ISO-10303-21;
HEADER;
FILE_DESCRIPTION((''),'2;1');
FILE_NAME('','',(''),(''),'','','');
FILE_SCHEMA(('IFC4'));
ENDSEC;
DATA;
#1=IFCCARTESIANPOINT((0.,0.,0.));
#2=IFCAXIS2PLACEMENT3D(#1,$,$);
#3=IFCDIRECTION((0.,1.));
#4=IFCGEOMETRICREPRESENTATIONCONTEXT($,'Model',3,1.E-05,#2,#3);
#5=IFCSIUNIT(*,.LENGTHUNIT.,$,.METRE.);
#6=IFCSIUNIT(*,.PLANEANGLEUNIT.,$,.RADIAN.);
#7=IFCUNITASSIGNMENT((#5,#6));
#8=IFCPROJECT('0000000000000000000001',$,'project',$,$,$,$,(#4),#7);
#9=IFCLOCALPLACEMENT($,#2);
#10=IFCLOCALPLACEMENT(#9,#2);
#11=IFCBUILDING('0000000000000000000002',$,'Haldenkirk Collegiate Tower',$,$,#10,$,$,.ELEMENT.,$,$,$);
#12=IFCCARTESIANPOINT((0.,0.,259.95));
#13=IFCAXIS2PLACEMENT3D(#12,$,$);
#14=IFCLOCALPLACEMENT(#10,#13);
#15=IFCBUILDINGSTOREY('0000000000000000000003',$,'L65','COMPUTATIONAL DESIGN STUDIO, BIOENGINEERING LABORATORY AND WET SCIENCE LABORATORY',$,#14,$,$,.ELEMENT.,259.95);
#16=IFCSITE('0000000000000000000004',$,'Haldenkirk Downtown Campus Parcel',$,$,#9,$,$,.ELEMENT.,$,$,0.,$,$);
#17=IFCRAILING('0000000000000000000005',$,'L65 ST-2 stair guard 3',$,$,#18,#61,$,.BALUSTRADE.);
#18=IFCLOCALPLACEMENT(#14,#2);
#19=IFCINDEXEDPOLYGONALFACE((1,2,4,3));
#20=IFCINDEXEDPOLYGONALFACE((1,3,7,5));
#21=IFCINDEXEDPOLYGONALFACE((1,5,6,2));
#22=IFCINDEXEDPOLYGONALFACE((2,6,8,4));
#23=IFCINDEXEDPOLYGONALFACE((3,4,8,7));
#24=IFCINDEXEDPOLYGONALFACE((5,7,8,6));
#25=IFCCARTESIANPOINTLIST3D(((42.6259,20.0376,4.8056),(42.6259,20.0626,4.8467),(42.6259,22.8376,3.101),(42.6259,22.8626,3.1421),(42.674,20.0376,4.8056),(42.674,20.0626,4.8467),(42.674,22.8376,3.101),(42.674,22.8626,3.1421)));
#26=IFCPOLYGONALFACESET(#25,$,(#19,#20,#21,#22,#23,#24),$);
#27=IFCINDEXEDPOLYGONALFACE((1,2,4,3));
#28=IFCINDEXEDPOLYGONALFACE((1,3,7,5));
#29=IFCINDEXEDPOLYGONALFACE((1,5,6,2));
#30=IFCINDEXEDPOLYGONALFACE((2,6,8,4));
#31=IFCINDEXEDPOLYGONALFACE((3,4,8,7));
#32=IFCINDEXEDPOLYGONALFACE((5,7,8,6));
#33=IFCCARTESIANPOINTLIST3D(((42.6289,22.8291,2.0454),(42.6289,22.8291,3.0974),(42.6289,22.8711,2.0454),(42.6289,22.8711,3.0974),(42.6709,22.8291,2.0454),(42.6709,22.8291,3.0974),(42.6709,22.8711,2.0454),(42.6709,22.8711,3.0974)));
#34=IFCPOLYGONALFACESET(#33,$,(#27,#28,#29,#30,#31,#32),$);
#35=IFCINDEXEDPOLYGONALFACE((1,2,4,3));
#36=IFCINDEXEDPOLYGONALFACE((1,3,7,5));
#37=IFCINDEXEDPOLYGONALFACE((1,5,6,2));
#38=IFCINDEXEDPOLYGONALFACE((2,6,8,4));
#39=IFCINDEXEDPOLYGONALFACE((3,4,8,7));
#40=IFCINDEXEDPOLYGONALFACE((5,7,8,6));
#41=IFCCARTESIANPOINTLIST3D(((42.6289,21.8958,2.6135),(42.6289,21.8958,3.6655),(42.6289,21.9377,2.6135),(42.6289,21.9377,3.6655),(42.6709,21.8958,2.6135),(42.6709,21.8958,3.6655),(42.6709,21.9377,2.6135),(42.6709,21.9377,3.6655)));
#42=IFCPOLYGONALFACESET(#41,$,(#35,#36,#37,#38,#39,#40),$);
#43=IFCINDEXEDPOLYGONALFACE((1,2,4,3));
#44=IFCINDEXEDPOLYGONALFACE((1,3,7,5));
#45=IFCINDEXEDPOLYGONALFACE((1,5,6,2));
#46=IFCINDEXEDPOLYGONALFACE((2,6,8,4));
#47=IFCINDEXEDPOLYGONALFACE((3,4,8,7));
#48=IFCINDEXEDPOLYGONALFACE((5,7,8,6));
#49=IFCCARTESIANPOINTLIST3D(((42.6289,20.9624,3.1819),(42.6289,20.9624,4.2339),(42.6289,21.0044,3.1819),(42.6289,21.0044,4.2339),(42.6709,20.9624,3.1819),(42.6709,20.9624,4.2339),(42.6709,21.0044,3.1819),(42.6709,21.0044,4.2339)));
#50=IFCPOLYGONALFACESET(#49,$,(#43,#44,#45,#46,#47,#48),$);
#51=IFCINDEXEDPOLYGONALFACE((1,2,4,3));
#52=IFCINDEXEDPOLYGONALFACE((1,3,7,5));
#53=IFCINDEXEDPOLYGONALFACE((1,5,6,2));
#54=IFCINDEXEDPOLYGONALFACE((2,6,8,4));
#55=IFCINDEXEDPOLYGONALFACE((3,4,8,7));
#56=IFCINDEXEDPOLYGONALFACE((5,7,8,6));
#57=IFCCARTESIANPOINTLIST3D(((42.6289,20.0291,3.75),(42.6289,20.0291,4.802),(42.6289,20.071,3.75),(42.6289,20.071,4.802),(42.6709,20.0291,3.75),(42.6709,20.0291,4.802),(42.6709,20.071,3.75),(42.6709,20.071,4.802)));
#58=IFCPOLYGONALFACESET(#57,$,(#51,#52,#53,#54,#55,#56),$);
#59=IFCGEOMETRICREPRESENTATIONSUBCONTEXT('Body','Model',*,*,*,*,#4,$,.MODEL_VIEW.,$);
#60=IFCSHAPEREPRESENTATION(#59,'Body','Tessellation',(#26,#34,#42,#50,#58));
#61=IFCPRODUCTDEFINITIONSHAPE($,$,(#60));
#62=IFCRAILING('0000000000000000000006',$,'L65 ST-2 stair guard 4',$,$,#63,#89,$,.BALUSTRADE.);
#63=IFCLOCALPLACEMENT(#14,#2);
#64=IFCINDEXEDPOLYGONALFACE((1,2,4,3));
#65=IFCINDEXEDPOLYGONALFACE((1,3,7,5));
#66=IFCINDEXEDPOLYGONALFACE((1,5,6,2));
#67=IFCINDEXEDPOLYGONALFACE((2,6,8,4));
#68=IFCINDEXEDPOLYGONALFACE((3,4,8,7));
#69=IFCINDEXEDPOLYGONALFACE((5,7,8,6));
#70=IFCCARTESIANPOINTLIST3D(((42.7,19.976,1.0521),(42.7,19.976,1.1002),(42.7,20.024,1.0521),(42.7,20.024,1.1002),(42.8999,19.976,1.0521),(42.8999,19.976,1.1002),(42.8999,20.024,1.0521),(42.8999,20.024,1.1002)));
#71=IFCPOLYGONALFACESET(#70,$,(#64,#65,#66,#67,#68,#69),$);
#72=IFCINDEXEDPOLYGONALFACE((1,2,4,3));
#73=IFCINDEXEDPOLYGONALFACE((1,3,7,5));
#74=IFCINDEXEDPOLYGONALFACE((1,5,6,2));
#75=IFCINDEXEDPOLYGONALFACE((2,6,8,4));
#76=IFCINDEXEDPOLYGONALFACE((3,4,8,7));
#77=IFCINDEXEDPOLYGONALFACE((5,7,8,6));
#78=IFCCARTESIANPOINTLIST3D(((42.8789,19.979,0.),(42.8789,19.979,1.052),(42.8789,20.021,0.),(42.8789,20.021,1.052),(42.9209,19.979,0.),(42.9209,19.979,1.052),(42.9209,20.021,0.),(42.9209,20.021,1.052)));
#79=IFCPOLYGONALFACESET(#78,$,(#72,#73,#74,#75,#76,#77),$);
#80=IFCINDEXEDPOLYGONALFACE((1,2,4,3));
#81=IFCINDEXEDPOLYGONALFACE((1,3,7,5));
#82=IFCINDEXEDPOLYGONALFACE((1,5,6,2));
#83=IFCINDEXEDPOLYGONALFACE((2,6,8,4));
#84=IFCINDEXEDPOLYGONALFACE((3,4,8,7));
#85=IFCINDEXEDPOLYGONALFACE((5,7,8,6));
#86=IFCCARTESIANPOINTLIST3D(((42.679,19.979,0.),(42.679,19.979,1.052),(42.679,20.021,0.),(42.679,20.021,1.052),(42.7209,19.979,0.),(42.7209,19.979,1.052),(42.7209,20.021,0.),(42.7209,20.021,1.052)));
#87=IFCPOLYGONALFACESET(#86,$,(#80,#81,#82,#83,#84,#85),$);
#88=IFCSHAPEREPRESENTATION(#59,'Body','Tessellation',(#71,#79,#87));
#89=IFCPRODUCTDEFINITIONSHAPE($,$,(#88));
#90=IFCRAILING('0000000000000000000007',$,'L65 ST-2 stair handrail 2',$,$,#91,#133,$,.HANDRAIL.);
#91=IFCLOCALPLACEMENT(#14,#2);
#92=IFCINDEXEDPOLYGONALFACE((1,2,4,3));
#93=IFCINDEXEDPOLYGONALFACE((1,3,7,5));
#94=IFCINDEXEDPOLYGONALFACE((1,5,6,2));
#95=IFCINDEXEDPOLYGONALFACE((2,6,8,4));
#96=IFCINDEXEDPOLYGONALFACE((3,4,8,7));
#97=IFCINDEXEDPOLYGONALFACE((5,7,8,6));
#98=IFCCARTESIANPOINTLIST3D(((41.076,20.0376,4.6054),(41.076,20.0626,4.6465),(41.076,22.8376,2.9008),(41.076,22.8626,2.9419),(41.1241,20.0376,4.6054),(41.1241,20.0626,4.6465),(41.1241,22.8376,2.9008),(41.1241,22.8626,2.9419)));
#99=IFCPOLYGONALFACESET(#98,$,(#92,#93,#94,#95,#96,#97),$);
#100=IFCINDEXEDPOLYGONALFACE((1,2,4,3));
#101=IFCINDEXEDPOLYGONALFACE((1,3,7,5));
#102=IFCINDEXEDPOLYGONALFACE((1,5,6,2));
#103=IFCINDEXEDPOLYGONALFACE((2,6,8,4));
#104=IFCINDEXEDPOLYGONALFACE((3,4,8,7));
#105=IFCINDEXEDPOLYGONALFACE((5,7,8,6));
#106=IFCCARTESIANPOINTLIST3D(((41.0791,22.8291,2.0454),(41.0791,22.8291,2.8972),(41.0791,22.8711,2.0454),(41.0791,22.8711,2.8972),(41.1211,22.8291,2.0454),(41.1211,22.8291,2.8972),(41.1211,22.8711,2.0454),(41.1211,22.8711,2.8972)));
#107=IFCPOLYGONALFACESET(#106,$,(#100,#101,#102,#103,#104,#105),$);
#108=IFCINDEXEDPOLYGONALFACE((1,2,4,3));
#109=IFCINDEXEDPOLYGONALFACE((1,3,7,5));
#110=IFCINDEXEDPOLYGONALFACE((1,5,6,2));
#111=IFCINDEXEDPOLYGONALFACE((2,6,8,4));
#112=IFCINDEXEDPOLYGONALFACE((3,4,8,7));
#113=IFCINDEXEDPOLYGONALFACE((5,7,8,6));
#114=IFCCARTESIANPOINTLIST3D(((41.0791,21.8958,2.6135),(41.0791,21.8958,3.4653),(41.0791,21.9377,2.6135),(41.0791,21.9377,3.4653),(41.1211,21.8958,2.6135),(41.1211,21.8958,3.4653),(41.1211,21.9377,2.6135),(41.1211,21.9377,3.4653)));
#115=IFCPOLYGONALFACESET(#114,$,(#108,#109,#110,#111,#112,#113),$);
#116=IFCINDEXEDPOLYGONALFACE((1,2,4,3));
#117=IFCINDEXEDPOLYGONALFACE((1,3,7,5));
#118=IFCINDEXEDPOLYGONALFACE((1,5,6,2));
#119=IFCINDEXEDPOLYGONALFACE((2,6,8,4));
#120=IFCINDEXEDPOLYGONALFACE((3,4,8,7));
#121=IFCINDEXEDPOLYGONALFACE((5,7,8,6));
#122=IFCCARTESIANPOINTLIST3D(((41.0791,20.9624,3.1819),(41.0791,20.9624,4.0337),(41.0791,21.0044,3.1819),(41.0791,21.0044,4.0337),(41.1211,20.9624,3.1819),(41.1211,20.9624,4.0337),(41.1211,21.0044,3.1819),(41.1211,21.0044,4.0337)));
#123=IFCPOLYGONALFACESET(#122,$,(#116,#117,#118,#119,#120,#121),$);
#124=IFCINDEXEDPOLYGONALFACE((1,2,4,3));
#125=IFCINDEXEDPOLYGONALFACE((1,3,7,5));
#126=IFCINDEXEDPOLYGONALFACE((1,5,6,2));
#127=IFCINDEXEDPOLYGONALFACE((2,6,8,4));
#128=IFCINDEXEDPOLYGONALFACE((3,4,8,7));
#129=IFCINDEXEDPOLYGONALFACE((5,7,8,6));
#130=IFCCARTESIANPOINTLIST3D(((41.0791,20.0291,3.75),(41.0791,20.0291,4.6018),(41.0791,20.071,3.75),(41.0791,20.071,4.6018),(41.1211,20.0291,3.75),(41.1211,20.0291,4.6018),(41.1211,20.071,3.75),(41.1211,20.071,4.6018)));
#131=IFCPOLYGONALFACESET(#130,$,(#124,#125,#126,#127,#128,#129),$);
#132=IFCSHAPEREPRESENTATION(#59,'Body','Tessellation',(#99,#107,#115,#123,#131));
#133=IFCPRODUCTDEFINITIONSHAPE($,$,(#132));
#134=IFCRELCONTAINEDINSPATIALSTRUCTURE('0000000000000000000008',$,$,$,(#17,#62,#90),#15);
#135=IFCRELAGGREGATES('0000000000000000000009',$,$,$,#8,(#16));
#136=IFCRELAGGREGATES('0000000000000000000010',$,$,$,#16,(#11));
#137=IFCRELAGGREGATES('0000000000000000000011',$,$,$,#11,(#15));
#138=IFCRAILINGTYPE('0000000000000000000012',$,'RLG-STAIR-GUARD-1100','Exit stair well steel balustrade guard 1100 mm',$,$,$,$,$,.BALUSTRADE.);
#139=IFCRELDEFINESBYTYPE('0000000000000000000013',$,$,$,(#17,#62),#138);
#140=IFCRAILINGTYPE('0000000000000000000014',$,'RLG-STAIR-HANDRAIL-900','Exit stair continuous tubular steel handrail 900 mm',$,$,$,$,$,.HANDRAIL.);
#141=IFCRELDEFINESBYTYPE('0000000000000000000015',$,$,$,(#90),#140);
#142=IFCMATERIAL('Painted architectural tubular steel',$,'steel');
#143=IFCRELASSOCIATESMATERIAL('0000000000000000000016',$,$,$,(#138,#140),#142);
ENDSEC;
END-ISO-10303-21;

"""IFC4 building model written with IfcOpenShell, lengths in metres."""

from ifc_helpers import new_model, si_unit, direction, frame, origin, origin_2d, place, context, subcontext, project, spatial, rectangle, extrude, material, type_object, element, save


model = new_model("IFC4")

# Units and contexts
model_context = context("Model", 3, precision=1e-05, world=origin(), true_north=direction((0.0, 1.0)))
body_context = subcontext(model_context, "Body", "Model", "MODEL_VIEW")
ifc_project = project(units=[si_unit("LENGTHUNIT", "METRE"), si_unit("PLANEANGLEUNIT", "RADIAN")], contexts=[model_context])

# Site, building, storey
site_placement = place(None, origin())
site = spatial("IfcSite", under=ifc_project, at=site_placement, Name="Haldenkirk Downtown Campus Parcel", CompositionType="ELEMENT", RefElevation=0.0)
building_placement = place(site_placement, origin())
building = spatial("IfcBuilding", under=site, at=building_placement, Name="Haldenkirk Collegiate Tower", CompositionType="ELEMENT")
storey_placement = place(building_placement, frame((0.0, 0.0, 259.95)))
storey = spatial("IfcBuildingStorey", under=building, at=storey_placement, Name="L65", Description="COMPUTATIONAL DESIGN STUDIO, BIOENGINEERING LABORATORY AND WET SCIENCE LABORATORY", CompositionType="ELEMENT", Elevation=259.95)

# Railings
ifc_material_1 = material(Name="Painted architectural tubular steel", Category="steel")
railing_type_1 = type_object("IfcRailingType", Name="RLG-STAIR-GUARD-1100", Description="Exit stair well steel balustrade guard 1100 mm", PredefinedType="BALUSTRADE", material=ifc_material_1)
railing_1_placement = place(storey_placement, frame((42.6499, 22.8501, 2.0454)))
element("IfcRailing", 1, at=railing_1_placement, inside=storey, type_object=railing_type_1, Name="L65 ST-2 stair guard 3", PredefinedType="BALUSTRADE", context=body_context, shape_type="SweptSolid", body=[
    extrude(rectangle(XDim=0.0481, YDim=0.0481, at=origin_2d()), frame((0.0, 0.0, 1.0762), z_axis=(0.0, -0.85417, 0.519994), x_axis=(1.0, 0.0, 0.0)), (0.0, 0.0, 1.0), 3.2781),
    extrude(rectangle(XDim=0.042, YDim=0.042, at=origin_2d()), origin(), (0.0, 0.0, 1.0), 1.052),
    extrude(rectangle(XDim=0.042, YDim=0.042, at=origin_2d()), frame((0.0, -0.9333, 0.5681)), (0.0, 0.0, 1.0), 1.052),
    extrude(rectangle(XDim=0.042, YDim=0.042, at=origin_2d()), frame((0.0, -1.8667, 1.1365)), (0.0, 0.0, 1.0), 1.052),
    extrude(rectangle(XDim=0.042, YDim=0.042, at=origin_2d()), frame((0.0, -2.8, 1.7046)), (0.0, 0.0, 1.0), 1.052),
])
railing_2_placement = place(storey_placement, frame((42.8999, 20.0, 0.0)))
element("IfcRailing", 2, at=railing_2_placement, inside=storey, type_object=railing_type_1, Name="L65 ST-2 stair guard 4", PredefinedType="BALUSTRADE", context=body_context, shape_type="SweptSolid", body=[
    extrude(rectangle(XDim=0.0481, YDim=0.0481, at=origin_2d()), frame((0.0, 0.0, 1.0762), z_axis=(-1.0, 0.0, 0.0), x_axis=(0.0, -1.0, 0.0)), (0.0, 0.0, 1.0), 0.2),
    extrude(rectangle(XDim=0.042, YDim=0.042, at=origin_2d()), origin(), (0.0, 0.0, 1.0), 1.052),
    extrude(rectangle(XDim=0.042, YDim=0.042, at=origin_2d()), frame((-0.2, 0.0, 0.0)), (0.0, 0.0, 1.0), 1.052),
])
railing_type_2 = type_object("IfcRailingType", Name="RLG-STAIR-HANDRAIL-900", Description="Exit stair continuous tubular steel handrail 900 mm", PredefinedType="HANDRAIL", material=ifc_material_1)
railing_3_placement = place(storey_placement, frame((41.1001, 22.8501, 2.0454)))
element("IfcRailing", 3, at=railing_3_placement, inside=storey, type_object=railing_type_2, Name="L65 ST-2 stair handrail 2", PredefinedType="HANDRAIL", context=body_context, shape_type="SweptSolid", body=[
    extrude(rectangle(XDim=0.0481, YDim=0.0481, at=origin_2d()), frame((0.0, 0.0, 0.876), z_axis=(0.0, -0.85417, 0.519994), x_axis=(1.0, 0.0, 0.0)), (0.0, 0.0, 1.0), 3.2781),
    extrude(rectangle(XDim=0.042, YDim=0.042, at=origin_2d()), origin(), (0.0, 0.0, 1.0), 0.8518),
    extrude(rectangle(XDim=0.042, YDim=0.042, at=origin_2d()), frame((0.0, -0.9333, 0.5681)), (0.0, 0.0, 1.0), 0.8518),
    extrude(rectangle(XDim=0.042, YDim=0.042, at=origin_2d()), frame((0.0, -1.8667, 1.1365)), (0.0, 0.0, 1.0), 0.8518),
    extrude(rectangle(XDim=0.042, YDim=0.042, at=origin_2d()), frame((0.0, -2.8, 1.7046)), (0.0, 0.0, 1.0), 0.8518),
])

save(model, "model.ifc")
